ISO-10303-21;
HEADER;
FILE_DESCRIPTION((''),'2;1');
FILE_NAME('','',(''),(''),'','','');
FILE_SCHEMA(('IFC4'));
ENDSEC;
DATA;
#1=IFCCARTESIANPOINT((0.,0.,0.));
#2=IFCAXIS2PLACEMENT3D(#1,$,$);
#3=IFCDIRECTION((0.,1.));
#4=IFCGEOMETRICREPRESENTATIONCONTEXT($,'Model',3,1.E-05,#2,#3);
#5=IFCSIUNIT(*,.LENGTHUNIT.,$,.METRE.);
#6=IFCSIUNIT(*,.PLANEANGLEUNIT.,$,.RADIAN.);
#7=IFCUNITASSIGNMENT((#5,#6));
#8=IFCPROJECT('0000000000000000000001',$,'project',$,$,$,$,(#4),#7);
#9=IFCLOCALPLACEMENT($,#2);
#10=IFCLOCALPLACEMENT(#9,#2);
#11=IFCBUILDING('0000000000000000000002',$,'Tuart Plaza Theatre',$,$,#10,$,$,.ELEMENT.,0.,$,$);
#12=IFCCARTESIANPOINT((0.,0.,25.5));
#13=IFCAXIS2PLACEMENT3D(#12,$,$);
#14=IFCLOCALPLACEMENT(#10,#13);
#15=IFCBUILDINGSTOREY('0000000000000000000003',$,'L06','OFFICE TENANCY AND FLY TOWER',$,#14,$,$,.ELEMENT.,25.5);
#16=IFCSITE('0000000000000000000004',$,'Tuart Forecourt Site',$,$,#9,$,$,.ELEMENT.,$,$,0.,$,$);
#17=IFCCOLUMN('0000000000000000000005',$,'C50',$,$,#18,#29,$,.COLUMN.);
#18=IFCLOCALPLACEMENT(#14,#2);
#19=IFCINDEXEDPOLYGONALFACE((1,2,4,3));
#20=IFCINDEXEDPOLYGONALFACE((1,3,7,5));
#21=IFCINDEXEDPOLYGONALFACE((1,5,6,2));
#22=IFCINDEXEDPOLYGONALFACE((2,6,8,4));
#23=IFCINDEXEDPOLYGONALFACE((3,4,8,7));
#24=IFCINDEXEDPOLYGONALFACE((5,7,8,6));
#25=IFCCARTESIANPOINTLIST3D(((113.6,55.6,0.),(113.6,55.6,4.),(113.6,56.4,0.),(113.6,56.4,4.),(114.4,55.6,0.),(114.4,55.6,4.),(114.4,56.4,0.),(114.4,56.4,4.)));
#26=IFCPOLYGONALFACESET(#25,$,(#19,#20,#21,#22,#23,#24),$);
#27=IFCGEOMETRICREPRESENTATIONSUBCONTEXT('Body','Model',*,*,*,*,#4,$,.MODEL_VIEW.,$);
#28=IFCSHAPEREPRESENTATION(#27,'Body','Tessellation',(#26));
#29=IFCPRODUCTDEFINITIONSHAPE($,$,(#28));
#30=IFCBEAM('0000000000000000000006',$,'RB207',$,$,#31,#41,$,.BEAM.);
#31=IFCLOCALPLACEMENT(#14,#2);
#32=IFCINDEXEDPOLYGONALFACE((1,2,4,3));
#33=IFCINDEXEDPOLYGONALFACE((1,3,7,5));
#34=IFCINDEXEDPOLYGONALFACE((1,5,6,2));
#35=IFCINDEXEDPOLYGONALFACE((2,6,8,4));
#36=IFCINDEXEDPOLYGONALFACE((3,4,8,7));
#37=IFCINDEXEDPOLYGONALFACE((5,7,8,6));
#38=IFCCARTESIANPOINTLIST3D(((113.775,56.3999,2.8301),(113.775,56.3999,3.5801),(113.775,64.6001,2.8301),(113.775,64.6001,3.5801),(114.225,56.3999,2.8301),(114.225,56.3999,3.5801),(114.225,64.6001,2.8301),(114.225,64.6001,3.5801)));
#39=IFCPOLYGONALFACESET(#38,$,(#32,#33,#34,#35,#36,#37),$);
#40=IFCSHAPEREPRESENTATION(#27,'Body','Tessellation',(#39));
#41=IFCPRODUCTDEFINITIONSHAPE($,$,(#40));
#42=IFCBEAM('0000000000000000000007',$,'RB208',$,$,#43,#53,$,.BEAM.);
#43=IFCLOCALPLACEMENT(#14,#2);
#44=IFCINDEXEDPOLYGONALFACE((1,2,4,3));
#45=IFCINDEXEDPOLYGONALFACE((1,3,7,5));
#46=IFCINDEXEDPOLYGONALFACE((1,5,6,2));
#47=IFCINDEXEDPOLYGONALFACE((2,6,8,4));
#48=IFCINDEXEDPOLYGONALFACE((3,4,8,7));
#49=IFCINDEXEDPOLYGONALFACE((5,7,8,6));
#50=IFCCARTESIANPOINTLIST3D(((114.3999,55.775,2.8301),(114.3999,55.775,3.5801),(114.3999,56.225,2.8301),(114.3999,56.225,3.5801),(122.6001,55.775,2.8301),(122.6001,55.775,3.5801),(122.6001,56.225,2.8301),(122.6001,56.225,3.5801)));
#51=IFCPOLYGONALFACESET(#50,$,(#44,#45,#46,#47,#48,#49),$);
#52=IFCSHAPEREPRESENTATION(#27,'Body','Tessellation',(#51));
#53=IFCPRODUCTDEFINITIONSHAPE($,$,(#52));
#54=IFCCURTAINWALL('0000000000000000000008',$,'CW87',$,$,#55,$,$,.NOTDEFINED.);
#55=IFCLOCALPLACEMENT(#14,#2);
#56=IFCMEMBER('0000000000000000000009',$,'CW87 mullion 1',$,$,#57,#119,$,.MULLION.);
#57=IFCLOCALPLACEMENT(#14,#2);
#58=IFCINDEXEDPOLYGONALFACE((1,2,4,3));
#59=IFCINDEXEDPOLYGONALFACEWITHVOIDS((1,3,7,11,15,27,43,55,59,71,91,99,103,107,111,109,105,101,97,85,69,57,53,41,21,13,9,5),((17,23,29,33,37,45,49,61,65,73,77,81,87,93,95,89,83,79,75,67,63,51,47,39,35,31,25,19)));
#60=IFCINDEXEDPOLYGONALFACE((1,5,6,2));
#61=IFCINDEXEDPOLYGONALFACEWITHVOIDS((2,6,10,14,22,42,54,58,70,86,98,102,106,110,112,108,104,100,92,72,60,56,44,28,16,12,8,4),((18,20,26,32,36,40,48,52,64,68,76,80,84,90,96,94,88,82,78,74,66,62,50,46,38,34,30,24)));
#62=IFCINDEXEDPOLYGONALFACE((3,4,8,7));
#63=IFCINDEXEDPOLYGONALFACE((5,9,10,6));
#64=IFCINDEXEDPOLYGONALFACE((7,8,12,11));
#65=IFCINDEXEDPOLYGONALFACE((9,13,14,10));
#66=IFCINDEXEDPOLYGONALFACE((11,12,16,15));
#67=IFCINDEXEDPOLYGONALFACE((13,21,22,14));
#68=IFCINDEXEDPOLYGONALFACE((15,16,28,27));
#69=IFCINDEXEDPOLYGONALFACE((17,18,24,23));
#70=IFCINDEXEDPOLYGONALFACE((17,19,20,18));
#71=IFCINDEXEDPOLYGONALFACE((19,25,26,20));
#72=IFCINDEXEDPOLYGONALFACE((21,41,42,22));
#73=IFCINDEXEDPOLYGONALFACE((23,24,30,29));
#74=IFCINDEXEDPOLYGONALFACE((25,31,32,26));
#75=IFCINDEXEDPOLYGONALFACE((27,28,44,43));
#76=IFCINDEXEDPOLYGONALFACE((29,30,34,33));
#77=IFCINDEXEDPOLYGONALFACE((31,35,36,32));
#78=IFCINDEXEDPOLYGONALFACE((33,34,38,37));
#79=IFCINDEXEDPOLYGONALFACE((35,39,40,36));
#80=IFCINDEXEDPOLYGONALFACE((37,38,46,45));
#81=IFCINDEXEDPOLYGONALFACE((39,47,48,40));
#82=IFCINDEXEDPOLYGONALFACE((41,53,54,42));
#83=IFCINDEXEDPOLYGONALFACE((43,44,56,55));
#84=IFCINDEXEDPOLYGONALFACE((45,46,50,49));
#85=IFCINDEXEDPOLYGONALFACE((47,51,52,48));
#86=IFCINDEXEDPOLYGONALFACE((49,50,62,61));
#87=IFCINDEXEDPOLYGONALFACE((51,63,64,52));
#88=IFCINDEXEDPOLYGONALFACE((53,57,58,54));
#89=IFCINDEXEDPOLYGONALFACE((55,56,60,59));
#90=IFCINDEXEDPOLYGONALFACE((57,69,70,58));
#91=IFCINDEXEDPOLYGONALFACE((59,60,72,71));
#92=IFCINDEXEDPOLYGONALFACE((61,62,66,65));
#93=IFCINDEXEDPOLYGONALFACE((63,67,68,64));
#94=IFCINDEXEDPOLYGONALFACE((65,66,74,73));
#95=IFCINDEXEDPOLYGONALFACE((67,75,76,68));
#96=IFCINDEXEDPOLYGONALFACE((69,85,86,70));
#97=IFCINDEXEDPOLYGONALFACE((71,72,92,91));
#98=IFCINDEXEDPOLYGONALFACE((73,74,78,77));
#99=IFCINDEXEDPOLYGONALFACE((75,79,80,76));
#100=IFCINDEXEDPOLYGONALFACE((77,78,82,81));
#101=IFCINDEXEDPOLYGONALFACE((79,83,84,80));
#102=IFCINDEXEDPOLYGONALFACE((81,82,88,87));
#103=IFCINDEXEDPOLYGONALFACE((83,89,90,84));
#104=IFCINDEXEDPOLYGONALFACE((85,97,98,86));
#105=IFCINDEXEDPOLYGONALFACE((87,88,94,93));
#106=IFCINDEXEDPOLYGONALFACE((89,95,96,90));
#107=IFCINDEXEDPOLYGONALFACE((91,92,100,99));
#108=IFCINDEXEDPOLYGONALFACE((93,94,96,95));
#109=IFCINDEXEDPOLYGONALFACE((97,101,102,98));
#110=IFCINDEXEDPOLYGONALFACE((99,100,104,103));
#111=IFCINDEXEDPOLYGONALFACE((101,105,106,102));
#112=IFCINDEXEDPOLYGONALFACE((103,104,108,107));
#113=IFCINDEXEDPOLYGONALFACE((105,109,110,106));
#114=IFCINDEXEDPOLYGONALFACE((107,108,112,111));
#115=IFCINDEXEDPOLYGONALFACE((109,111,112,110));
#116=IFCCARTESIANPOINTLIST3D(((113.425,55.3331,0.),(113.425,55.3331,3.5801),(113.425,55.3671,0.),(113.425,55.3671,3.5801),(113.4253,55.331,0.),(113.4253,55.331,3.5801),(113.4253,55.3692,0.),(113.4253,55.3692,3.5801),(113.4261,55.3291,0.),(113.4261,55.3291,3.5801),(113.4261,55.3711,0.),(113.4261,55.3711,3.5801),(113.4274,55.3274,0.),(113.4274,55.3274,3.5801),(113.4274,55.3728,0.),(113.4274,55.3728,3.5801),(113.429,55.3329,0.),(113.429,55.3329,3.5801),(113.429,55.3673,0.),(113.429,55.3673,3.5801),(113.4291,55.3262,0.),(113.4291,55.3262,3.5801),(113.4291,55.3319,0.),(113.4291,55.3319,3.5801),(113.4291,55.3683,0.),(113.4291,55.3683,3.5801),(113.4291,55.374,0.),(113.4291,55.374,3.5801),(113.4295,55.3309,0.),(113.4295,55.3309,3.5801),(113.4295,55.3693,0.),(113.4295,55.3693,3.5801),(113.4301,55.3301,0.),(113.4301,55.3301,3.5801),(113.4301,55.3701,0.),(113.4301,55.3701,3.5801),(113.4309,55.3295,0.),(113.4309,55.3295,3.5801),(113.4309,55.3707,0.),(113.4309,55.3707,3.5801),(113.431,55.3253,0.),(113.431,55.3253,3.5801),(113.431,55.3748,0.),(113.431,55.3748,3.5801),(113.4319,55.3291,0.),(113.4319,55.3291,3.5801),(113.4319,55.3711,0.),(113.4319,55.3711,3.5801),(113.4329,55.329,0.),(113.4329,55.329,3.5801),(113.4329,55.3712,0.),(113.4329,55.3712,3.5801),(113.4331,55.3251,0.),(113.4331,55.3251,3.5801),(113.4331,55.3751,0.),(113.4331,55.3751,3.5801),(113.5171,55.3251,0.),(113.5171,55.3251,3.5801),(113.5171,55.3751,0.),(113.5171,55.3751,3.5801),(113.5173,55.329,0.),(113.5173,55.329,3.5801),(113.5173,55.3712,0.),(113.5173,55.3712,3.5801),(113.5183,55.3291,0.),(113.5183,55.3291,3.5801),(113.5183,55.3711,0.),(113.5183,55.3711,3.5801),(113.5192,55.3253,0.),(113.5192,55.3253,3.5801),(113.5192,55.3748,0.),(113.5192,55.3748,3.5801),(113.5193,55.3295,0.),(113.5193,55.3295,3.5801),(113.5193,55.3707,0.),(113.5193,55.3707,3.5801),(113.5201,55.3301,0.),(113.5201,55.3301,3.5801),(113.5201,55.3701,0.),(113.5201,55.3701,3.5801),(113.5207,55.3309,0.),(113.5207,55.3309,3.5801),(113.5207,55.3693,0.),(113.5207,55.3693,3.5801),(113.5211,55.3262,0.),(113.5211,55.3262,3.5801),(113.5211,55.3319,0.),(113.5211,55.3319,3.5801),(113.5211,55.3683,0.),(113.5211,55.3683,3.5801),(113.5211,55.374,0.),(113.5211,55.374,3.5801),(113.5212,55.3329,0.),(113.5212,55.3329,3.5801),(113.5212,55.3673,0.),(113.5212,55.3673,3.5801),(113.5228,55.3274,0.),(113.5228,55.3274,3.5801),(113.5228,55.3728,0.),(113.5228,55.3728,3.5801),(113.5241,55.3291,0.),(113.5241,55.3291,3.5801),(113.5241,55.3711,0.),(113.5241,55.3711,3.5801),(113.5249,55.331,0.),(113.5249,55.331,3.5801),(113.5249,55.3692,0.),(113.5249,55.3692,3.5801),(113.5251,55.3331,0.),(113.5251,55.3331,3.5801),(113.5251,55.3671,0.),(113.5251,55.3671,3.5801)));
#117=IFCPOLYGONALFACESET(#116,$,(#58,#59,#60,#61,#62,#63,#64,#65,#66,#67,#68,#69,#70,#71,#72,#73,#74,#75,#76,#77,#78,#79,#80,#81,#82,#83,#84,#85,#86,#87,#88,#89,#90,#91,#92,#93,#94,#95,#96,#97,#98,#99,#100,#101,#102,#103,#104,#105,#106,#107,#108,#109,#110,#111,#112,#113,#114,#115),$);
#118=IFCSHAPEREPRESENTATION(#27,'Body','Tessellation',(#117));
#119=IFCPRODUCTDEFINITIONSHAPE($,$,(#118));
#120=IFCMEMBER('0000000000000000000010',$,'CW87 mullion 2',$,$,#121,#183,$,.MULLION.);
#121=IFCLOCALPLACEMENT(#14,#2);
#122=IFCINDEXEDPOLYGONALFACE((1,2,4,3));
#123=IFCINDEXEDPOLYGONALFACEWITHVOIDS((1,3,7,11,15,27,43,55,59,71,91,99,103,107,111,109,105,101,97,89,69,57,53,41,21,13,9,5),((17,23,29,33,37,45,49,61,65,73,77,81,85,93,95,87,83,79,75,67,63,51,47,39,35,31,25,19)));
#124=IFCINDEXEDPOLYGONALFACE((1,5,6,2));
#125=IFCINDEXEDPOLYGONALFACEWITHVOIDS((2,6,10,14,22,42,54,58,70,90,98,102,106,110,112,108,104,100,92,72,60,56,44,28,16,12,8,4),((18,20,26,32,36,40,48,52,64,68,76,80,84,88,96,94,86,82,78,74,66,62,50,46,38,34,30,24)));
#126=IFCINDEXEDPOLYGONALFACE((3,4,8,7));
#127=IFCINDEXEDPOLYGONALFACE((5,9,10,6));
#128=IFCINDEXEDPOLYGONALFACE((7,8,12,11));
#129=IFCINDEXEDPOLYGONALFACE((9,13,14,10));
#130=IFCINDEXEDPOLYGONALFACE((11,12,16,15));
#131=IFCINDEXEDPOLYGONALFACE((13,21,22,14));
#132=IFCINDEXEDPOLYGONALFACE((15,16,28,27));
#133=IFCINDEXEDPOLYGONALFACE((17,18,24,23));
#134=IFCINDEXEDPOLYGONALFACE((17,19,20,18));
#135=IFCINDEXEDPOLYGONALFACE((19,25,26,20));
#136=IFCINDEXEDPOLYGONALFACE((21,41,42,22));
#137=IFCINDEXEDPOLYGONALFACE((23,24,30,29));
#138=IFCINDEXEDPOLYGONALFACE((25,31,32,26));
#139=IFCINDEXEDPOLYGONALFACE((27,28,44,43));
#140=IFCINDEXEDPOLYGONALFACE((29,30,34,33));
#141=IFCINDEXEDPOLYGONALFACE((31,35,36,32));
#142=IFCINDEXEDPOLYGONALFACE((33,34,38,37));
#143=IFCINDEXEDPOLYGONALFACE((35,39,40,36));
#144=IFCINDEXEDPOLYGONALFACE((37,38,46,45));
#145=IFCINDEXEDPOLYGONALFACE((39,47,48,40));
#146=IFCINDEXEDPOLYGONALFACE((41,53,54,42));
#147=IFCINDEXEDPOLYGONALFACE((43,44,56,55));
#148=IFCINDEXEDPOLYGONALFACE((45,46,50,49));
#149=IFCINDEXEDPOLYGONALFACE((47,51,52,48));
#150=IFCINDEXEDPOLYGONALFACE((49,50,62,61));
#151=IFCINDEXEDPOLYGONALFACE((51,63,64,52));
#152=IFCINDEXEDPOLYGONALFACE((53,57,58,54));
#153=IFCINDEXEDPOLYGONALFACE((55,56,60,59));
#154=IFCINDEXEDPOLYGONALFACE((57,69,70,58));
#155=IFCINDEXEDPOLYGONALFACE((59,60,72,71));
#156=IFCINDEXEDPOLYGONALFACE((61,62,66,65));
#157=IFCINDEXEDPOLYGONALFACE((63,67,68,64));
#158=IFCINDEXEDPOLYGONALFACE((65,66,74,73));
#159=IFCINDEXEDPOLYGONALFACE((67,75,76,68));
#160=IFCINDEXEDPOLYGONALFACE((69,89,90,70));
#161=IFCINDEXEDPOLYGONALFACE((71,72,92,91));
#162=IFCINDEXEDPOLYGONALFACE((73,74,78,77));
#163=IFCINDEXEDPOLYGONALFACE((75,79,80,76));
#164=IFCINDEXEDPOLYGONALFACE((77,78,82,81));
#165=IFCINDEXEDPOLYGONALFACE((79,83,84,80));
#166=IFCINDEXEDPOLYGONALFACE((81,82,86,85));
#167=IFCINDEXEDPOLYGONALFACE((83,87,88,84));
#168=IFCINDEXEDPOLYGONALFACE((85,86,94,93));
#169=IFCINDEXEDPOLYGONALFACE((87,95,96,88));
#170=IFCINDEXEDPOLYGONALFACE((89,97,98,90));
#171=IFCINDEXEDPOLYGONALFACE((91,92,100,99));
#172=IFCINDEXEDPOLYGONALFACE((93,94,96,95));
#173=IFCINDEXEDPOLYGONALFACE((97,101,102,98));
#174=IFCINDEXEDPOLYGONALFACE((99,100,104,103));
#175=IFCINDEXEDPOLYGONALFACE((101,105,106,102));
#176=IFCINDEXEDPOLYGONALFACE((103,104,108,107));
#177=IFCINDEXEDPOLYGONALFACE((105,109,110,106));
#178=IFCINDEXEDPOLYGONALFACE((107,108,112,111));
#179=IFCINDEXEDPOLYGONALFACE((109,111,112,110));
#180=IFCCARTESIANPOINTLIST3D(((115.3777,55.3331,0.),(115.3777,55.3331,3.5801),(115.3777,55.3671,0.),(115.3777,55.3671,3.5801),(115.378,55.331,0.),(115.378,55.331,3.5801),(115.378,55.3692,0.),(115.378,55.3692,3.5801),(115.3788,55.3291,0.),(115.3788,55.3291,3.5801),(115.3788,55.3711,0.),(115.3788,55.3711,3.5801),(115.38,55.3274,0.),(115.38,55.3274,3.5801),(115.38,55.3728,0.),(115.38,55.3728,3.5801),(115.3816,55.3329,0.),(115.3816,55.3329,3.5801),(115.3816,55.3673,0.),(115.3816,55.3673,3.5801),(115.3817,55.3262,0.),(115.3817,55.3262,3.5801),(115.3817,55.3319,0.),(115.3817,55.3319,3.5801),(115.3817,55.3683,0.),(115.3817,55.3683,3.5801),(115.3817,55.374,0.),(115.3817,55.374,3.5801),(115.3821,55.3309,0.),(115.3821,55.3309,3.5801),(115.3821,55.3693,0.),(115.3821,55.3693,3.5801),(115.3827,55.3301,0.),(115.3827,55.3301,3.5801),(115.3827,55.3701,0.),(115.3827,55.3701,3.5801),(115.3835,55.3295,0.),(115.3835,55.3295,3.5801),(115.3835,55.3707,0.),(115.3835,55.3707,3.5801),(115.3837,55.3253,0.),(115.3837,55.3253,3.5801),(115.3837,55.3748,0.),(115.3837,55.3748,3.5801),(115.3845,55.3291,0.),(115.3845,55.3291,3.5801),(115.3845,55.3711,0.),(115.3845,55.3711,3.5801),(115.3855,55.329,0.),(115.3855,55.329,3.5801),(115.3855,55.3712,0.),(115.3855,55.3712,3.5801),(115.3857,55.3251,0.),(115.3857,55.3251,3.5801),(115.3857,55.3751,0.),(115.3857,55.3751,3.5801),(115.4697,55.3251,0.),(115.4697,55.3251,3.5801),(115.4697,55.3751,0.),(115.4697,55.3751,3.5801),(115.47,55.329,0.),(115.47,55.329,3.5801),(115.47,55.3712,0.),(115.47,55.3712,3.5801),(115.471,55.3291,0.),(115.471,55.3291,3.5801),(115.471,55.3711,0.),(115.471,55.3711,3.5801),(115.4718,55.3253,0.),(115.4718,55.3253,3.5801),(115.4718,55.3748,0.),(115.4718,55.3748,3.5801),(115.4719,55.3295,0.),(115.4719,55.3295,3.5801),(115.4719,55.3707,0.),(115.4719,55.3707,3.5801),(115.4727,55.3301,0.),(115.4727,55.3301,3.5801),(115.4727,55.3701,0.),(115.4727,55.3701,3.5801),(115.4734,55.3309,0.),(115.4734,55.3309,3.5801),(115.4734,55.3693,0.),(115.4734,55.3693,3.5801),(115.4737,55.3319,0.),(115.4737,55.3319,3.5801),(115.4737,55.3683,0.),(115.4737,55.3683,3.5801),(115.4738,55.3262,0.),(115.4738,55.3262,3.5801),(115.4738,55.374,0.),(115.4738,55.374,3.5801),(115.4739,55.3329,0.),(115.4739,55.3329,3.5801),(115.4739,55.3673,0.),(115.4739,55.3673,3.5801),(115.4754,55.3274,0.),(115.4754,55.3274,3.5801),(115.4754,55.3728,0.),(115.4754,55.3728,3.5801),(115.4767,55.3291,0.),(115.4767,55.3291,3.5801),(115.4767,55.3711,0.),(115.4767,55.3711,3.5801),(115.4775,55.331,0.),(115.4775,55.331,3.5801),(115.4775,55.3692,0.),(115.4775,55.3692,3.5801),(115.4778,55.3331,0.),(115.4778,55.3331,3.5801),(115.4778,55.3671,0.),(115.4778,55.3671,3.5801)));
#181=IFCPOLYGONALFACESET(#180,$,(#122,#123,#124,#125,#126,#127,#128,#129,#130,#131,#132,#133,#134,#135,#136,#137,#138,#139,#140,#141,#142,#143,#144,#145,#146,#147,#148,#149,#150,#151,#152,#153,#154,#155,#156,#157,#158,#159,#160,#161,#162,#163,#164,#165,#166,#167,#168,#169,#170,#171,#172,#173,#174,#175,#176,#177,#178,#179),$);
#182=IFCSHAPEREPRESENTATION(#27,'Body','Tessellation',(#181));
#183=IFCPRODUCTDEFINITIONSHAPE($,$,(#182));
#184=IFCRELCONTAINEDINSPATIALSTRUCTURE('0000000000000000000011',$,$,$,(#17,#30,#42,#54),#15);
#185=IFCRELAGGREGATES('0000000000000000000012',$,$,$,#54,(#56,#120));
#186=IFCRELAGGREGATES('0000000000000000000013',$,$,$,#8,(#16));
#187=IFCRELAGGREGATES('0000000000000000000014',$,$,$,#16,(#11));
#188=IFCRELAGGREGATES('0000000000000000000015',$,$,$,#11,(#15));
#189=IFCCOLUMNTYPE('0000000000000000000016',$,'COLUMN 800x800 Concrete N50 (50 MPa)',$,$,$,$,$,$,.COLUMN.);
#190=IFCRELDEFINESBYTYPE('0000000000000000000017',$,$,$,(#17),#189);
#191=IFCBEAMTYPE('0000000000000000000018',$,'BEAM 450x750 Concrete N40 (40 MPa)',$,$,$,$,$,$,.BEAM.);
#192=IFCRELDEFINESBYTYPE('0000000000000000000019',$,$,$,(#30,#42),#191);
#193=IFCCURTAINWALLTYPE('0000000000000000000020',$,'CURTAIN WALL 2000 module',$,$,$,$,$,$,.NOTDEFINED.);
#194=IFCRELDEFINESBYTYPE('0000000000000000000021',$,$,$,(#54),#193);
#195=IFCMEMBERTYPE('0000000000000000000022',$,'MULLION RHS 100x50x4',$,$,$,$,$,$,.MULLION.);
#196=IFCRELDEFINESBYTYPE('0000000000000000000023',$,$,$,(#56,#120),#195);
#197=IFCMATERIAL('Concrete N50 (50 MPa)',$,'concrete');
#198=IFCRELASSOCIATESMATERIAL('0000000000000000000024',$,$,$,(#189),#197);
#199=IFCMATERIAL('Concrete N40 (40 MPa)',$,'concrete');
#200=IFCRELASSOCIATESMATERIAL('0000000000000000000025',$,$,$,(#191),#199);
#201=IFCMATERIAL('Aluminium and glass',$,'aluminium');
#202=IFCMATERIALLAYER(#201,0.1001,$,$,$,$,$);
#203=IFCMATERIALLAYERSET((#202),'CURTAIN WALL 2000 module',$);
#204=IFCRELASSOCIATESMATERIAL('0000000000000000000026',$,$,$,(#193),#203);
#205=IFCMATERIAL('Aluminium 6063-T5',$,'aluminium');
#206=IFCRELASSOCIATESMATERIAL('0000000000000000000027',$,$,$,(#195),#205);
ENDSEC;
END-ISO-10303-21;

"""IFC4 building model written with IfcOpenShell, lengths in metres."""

from ifc_helpers import new_model, si_unit, direction, frame, origin, origin_2d, place, context, subcontext, project, spatial, rectangle, hollow_rectangle, extrude, material, layer, layer_set, material_profile, profile_set, type_object, element, aggregate, save


model = new_model("IFC4")

# Units and contexts
model_context = context("Model", 3, precision=1e-05, world=origin(), true_north=direction((0.0, 1.0)))
body_context = subcontext(model_context, "Body", "Model", "MODEL_VIEW")
ifc_project = project(units=[si_unit("LENGTHUNIT", "METRE"), si_unit("PLANEANGLEUNIT", "RADIAN")], contexts=[model_context])

# Site, building, storey
site_placement = place(None, origin())
site = spatial("IfcSite", under=ifc_project, at=site_placement, Name="Tuart Forecourt Site", CompositionType="ELEMENT", RefElevation=0.0)
building_placement = place(site_placement, origin())
building = spatial("IfcBuilding", under=site, at=building_placement, Name="Tuart Plaza Theatre", CompositionType="ELEMENT", ElevationOfRefHeight=0.0)
storey_placement = place(building_placement, frame((0.0, 0.0, 25.5)))
storey = spatial("IfcBuildingStorey", under=building, at=storey_placement, Name="L06", Description="OFFICE TENANCY AND FLY TOWER", CompositionType="ELEMENT", Elevation=25.5)

# Column
ifc_material_1 = material(Name="Concrete N50 (50 MPa)", Category="concrete")
ifc_material_profile_1 = material_profile(ifc_material_1, rectangle(XDim=0.8, YDim=0.8, at=origin_2d()), Name="COLUMN 800x800 Concrete N50 (50 MPa)")
ifc_profile_set_1 = profile_set([ifc_material_profile_1], Name="Concrete N50 (50 MPa)")
column_type = type_object("IfcColumnType", Name="COLUMN 800x800 Concrete N50 (50 MPa)", PredefinedType="COLUMN", material=ifc_profile_set_1)
column_placement = place(storey_placement, frame((114.0, 56.0, 0.0), z_axis=(0.0, 0.0, 1.0), x_axis=(1.0, 0.0, 0.0)))
element("IfcColumn", 1, at=column_placement, inside=storey, type_object=column_type, Name="C50", PredefinedType="COLUMN", context=body_context, shape_type="SweptSolid", body=[
    extrude(rectangle(XDim=0.8, YDim=0.8, at=origin_2d()), origin(), (0.0, 0.0, 1.0), 4.0),
])

# Beams
ifc_material_2 = material(Name="Concrete N40 (40 MPa)", Category="concrete")
ifc_material_profile_2 = material_profile(ifc_material_2, rectangle(XDim=0.45, YDim=0.75, at=origin_2d()), Name="BEAM 450x750 Concrete N40 (40 MPa)")
ifc_profile_set_2 = profile_set([ifc_material_profile_2], Name="Concrete N40 (40 MPa)")
beam_type = type_object("IfcBeamType", Name="BEAM 450x750 Concrete N40 (40 MPa)", PredefinedType="BEAM", material=ifc_profile_set_2)
for number, where, z_axis, x_axis, name in (
    (2, (114.0, 56.3999, 3.2051), (0.0, 1.0, 0.0), (-1.0, 0.0, 0.0), "RB207"),
    (3, (114.3999, 56.0, 3.2051), (1.0, 0.0, 0.0), (0.0, 1.0, 0.0), "RB208"),
):
    element("IfcBeam", number, at=place(storey_placement, frame(where, z_axis=z_axis, x_axis=x_axis)), inside=storey, type_object=beam_type, Name=name, PredefinedType="BEAM", context=body_context, shape_type="SweptSolid", body=[
        extrude(rectangle(XDim=0.45, YDim=0.75, at=origin_2d()), origin(), (0.0, 0.0, 1.0), 8.2002),
    ])

# Curtain wall, members
ifc_material_3 = material(Name="Aluminium and glass", Category="aluminium")
ifc_layer_1 = layer(ifc_material_3, 0.1001)
ifc_layer_set_1 = layer_set([ifc_layer_1], Name="CURTAIN WALL 2000 module")
curtain_wall_type = type_object("IfcCurtainWallType", Name="CURTAIN WALL 2000 module", PredefinedType="NOTDEFINED", material=ifc_layer_set_1)
curtain_wall_1_placement = place(storey_placement, origin())
curtain_wall_1 = element("IfcCurtainWall", 4, at=curtain_wall_1_placement, inside=storey, type_object=curtain_wall_type, Name="CW87", PredefinedType="NOTDEFINED")
ifc_material_4 = material(Name="Aluminium 6063-T5", Category="aluminium")
ifc_material_profile_3 = material_profile(ifc_material_4, hollow_rectangle(XDim=0.05, YDim=0.1001, WallThickness=0.0039, InnerFilletRadius=0.0039, OuterFilletRadius=0.0081, at=origin_2d()), Name="RHS 100x50x4")
ifc_profile_set_3 = profile_set([ifc_material_profile_3], Name="Aluminium 6063-T5")
member_type_1 = type_object("IfcMemberType", Name="MULLION RHS 100x50x4", PredefinedType="MULLION", material=ifc_profile_set_3)
member_1_placement = place(storey_placement, frame((113.4751, 55.3501, 0.0), z_axis=(0.0, 0.0, 1.0), x_axis=(0.0, 1.0, 0.0)))
member_1 = element("IfcMember", 5, at=member_1_placement, type_object=member_type_1, Name="CW87 mullion 1", PredefinedType="MULLION", context=body_context, shape_type="SweptSolid", body=[
    extrude(hollow_rectangle(XDim=0.05, YDim=0.1001, WallThickness=0.0039, InnerFilletRadius=0.0039, OuterFilletRadius=0.0081, at=origin_2d()), origin(), (0.0, 0.0, 1.0), 3.5801),
])
member_2_placement = place(storey_placement, frame((115.4277, 55.3501, 0.0), z_axis=(0.0, 0.0, 1.0), x_axis=(0.0, 1.0, 0.0)))
member_2 = element("IfcMember", 6, at=member_2_placement, type_object=member_type_1, Name="CW87 mullion 2", PredefinedType="MULLION", context=body_context, shape_type="SweptSolid", body=[
    extrude(hollow_rectangle(XDim=0.05, YDim=0.1001, WallThickness=0.0039, InnerFilletRadius=0.0039, OuterFilletRadius=0.0081, at=origin_2d()), origin(), (0.0, 0.0, 1.0), 3.5801),
])

aggregate(curtain_wall_1, [member_1, member_2])

save(model, "model.ifc")
